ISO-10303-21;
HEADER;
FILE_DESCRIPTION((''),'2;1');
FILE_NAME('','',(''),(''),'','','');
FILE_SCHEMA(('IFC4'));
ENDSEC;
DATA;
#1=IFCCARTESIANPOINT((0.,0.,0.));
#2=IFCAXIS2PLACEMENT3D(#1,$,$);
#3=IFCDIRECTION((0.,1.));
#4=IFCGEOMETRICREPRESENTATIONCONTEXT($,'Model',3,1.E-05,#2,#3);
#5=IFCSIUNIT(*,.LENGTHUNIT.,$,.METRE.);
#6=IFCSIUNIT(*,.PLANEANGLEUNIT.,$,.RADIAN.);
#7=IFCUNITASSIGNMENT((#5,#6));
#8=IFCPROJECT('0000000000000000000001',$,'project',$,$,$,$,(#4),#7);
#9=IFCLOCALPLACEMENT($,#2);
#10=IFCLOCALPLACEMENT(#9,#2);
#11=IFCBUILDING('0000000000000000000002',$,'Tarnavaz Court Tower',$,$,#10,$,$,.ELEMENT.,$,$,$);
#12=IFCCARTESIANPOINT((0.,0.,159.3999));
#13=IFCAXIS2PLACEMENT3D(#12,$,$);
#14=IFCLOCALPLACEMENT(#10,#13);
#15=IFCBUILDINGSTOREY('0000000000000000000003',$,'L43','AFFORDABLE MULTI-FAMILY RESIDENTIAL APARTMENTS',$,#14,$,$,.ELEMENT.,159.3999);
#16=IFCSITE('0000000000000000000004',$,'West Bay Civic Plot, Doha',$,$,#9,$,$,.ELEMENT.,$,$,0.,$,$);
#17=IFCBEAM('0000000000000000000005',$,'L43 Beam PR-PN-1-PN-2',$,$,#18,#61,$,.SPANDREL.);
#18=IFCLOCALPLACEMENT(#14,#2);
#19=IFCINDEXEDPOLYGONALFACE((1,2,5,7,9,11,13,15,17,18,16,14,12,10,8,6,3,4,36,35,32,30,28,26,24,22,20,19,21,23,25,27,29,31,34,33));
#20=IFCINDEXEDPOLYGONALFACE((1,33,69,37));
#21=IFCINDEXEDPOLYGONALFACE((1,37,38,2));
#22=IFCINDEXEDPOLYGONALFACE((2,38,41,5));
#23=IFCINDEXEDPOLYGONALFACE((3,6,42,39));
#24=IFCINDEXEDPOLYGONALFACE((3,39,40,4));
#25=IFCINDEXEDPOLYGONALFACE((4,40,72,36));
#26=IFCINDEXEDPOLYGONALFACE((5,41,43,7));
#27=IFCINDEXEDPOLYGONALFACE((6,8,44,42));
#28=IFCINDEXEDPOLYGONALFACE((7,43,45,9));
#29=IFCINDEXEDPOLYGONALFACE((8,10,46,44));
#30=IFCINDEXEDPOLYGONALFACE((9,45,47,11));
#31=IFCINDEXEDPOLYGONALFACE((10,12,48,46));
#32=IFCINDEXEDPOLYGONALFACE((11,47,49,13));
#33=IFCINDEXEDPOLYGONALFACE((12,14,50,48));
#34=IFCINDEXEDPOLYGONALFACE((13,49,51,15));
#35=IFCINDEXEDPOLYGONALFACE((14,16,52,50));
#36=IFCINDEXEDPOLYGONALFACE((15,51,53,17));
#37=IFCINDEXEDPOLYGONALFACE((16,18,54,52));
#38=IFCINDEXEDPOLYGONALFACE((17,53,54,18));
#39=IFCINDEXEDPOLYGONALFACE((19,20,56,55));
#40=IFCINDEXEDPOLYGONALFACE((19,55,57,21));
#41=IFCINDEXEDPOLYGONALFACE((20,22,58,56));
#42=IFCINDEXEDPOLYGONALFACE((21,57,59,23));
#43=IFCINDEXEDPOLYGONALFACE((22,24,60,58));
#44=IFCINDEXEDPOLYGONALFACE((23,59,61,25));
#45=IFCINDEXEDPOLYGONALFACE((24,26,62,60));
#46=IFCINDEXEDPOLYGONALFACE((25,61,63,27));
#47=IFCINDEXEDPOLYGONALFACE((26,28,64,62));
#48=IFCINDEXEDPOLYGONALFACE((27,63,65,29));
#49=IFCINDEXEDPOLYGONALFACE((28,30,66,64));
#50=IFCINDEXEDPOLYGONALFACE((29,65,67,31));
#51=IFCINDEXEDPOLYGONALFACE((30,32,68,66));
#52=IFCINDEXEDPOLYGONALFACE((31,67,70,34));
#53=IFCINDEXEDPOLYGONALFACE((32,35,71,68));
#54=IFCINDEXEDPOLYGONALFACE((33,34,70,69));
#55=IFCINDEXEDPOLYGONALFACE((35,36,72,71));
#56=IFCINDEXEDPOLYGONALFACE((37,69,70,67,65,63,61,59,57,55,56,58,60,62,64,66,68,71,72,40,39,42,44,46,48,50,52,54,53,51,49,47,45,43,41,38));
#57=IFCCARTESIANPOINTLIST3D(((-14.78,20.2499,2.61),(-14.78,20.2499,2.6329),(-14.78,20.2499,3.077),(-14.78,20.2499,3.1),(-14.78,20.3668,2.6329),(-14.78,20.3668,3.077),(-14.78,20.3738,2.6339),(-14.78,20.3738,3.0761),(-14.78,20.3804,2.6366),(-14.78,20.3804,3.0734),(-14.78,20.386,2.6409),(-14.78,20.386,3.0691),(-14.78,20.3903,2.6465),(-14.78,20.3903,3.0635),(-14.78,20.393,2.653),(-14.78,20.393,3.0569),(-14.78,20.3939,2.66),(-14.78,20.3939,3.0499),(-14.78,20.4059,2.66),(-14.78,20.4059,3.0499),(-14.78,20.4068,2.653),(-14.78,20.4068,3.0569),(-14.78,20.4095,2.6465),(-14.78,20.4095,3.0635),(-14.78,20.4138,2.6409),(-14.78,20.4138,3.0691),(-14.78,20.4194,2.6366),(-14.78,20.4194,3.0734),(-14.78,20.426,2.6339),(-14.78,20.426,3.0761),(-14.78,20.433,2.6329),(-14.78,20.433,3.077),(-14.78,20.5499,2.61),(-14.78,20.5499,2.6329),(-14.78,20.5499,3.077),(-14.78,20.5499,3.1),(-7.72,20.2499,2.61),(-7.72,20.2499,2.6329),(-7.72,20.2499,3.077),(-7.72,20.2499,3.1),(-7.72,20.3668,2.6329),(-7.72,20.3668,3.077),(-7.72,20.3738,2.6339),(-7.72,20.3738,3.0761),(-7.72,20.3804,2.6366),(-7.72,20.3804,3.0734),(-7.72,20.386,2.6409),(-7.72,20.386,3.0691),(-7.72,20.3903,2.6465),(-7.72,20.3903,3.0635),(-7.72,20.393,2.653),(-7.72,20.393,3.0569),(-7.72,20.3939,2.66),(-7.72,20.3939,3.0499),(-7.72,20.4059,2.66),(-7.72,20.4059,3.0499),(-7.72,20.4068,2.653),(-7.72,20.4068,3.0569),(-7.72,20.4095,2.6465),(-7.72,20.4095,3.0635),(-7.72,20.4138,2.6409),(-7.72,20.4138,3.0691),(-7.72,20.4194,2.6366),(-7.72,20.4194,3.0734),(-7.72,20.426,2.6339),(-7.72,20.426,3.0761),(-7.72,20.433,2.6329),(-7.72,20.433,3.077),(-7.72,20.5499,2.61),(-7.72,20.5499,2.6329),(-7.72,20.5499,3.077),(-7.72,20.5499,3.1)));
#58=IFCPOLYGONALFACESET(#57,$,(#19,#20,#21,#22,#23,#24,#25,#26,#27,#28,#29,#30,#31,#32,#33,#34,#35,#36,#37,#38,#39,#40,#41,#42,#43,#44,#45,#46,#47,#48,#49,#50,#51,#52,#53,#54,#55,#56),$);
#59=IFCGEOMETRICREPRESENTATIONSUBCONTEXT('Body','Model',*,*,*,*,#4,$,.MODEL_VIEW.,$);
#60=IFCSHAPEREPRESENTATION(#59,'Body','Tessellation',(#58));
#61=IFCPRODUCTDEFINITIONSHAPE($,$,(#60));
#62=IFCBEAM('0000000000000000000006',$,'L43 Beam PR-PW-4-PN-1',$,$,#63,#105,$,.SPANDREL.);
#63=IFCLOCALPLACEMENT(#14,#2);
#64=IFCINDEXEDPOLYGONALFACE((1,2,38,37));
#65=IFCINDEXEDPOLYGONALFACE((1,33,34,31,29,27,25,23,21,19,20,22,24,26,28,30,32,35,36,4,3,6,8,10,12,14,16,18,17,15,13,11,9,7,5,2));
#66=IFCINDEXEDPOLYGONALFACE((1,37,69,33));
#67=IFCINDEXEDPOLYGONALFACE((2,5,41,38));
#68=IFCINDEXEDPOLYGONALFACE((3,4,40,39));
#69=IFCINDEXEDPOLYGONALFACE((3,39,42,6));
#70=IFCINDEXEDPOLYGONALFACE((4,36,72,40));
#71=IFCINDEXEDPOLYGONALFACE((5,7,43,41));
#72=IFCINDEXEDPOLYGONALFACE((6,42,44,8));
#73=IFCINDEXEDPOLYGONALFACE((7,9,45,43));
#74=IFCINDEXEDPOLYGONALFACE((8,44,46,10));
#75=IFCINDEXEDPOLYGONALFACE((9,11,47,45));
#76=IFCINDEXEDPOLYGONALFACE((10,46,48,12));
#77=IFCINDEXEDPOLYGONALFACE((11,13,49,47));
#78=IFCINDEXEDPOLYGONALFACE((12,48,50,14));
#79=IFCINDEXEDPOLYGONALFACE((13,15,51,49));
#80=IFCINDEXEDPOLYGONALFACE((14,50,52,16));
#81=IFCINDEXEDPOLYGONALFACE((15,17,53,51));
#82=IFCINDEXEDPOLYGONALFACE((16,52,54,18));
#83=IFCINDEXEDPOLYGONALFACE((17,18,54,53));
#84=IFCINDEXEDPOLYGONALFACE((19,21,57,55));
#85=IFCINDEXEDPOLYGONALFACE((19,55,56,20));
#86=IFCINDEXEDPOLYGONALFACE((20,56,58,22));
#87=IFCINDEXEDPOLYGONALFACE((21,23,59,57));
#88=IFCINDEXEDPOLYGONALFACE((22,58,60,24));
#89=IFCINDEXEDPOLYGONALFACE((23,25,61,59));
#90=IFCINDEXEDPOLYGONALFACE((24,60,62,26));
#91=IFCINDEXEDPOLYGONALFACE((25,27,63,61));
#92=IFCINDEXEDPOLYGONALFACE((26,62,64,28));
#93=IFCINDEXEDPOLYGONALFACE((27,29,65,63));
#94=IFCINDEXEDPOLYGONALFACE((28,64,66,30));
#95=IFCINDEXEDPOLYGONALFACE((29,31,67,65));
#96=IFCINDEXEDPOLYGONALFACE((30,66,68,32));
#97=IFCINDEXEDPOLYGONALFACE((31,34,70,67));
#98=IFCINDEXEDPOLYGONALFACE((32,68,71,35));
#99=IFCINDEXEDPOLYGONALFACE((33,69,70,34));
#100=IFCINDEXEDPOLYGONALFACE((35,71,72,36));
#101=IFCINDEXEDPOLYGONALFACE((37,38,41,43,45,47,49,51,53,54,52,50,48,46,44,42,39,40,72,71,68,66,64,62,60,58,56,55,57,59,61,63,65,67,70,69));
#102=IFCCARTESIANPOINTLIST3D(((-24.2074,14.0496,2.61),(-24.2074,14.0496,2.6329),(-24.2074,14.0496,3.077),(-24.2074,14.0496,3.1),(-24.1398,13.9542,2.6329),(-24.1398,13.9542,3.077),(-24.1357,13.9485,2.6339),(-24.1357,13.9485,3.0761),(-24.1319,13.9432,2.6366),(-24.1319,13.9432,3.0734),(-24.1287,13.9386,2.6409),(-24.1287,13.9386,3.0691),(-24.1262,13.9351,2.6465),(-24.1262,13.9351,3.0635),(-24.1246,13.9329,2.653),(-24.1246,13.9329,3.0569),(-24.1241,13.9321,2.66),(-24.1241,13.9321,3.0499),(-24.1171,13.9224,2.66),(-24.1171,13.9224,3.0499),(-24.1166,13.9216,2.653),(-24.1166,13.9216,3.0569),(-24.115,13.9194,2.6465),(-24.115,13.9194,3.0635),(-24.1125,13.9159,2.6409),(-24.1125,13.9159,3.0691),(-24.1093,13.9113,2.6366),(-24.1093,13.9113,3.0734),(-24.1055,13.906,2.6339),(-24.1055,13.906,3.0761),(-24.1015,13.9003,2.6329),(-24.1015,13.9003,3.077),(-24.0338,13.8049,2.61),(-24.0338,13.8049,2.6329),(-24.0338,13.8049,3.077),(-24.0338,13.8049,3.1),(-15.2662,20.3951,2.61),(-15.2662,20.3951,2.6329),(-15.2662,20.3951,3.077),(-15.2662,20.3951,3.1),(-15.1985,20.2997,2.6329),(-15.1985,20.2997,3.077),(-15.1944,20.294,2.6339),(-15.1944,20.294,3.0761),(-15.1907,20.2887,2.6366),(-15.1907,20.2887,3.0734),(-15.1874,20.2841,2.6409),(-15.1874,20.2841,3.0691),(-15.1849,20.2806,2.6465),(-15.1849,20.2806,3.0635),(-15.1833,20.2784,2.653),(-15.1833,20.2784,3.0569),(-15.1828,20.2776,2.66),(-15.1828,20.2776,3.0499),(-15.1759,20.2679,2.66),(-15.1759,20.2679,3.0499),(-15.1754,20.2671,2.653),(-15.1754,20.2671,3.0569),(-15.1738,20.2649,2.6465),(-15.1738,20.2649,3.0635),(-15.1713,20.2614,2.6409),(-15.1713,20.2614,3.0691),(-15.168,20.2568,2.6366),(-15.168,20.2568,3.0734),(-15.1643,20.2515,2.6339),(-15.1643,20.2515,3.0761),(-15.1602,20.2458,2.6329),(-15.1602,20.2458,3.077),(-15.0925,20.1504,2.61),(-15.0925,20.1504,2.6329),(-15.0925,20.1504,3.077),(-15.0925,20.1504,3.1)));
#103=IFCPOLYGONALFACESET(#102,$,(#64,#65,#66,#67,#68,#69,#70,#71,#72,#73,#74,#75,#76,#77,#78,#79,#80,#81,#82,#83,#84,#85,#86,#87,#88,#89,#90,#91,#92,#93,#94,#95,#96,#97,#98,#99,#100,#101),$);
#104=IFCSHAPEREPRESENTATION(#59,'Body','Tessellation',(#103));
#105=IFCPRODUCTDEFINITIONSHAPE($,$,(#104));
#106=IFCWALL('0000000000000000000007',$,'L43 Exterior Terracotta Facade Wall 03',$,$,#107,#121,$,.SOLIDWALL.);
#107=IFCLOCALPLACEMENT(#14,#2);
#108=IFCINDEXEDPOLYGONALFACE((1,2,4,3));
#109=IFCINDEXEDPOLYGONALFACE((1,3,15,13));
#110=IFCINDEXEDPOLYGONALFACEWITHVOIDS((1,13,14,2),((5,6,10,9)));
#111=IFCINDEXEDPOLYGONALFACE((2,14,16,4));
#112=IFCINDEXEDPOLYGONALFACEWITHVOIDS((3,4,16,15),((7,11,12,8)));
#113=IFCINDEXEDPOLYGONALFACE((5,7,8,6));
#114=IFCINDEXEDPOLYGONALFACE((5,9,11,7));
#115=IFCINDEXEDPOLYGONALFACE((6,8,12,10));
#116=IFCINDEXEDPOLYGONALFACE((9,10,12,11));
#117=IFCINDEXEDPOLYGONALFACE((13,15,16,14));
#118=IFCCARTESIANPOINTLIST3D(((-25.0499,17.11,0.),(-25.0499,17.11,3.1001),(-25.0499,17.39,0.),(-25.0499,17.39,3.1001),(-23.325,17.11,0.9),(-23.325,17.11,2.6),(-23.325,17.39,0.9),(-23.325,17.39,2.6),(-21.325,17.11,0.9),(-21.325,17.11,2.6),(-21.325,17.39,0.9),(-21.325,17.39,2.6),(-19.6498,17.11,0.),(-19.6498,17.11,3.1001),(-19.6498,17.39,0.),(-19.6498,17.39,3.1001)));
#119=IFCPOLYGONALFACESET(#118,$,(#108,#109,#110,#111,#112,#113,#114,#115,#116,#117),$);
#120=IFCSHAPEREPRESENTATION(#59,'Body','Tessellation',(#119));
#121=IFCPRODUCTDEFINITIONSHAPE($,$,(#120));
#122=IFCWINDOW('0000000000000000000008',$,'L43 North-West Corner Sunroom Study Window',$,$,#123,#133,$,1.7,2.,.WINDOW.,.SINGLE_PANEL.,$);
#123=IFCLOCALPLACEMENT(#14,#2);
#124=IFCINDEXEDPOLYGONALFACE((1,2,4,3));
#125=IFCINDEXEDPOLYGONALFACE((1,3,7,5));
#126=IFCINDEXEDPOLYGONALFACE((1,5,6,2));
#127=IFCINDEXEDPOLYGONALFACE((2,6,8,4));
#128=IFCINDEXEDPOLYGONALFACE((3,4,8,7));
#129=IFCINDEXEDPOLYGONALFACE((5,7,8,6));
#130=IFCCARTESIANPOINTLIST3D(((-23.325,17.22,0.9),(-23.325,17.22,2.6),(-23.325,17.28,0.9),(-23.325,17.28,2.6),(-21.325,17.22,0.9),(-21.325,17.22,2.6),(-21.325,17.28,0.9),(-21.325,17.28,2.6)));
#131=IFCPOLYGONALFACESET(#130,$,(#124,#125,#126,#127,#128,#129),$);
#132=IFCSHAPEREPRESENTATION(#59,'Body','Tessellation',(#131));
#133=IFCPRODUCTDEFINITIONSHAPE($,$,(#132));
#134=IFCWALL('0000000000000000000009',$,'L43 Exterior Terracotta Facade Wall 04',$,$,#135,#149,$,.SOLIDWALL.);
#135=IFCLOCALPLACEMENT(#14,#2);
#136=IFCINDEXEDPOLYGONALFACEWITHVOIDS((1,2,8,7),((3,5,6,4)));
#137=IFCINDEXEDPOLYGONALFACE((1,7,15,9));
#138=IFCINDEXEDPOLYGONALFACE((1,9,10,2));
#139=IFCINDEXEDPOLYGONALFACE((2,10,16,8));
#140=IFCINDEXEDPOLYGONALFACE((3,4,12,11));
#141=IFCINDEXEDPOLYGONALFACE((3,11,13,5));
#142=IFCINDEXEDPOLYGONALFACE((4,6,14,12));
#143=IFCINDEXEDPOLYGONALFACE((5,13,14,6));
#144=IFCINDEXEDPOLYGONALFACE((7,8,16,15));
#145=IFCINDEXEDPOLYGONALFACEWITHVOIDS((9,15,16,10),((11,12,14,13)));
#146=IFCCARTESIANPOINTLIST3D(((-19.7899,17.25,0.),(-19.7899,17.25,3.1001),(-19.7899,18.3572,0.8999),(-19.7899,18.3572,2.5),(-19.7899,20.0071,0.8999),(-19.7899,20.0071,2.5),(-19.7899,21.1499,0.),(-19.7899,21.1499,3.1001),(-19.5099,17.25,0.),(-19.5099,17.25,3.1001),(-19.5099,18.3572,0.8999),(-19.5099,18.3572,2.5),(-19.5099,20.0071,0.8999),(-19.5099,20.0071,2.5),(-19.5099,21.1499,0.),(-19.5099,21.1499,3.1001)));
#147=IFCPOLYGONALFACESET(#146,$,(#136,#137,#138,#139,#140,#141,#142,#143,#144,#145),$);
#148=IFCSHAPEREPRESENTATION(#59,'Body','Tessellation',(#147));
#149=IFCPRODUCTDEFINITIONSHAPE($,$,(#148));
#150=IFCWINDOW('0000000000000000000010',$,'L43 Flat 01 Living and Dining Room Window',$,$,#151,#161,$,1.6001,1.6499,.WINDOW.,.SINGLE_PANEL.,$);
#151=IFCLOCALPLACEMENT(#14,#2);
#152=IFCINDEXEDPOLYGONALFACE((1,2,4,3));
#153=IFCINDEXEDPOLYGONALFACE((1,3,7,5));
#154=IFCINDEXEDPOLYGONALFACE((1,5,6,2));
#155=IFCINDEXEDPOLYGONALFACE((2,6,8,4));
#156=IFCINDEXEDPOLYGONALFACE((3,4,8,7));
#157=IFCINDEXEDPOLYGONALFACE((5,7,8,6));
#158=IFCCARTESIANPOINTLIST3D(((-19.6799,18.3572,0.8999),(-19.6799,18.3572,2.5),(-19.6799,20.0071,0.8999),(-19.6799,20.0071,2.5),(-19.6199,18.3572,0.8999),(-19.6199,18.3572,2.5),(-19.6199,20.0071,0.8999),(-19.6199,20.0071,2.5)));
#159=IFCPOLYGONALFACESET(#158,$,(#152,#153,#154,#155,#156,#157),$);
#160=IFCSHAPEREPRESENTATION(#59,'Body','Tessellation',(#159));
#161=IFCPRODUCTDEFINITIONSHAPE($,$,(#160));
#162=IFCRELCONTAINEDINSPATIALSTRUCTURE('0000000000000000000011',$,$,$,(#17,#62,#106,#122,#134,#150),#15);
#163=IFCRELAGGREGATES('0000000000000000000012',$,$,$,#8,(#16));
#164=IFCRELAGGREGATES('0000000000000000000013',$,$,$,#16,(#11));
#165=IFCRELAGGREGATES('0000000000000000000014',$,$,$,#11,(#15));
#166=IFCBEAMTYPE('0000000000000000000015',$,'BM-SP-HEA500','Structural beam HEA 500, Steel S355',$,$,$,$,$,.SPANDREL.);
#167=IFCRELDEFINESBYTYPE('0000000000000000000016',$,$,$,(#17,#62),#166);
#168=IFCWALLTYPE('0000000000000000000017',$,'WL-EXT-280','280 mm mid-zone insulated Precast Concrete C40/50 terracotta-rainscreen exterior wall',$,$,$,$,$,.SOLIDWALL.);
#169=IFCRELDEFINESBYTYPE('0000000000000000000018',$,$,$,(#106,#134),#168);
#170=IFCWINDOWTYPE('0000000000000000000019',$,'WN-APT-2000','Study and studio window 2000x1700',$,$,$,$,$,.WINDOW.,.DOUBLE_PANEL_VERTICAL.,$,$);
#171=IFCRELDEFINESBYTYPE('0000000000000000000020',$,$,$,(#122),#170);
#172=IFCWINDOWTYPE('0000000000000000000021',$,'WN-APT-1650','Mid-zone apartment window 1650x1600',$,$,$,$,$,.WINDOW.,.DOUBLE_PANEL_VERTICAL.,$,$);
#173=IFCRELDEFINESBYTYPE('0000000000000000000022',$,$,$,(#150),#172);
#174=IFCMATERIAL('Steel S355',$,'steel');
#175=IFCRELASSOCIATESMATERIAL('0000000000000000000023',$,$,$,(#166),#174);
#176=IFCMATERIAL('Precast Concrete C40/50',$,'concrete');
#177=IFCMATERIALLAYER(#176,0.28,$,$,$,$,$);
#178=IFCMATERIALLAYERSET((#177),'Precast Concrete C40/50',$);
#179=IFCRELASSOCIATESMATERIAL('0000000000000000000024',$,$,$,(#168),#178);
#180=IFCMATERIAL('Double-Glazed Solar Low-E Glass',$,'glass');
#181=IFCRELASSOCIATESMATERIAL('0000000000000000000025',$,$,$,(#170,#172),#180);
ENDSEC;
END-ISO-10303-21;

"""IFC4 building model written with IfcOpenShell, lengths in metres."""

from ifc_helpers import new_model, si_unit, direction, frame, frame_2d, origin, origin_2d, place, context, subcontext, project, spatial, rectangle, i_section, extrude, material, layer, layer_set, material_profile, profile_set, type_object, element, fill, save


model = new_model("IFC4")

# Units and contexts
model_context = context("Model", 3, precision=1e-05, world=origin(), true_north=direction((0.0, 1.0)))
body_context = subcontext(model_context, "Body", "Model", "MODEL_VIEW")
ifc_project = project(units=[si_unit("LENGTHUNIT", "METRE"), si_unit("PLANEANGLEUNIT", "RADIAN")], contexts=[model_context])

# Site, building, storey
site_placement = place(None, origin())
site = spatial("IfcSite", under=ifc_project, at=site_placement, Name="West Bay Civic Plot, Doha", CompositionType="ELEMENT", RefElevation=0.0)
building_placement = place(site_placement, origin())
building = spatial("IfcBuilding", under=site, at=building_placement, Name="Tarnavaz Court Tower", CompositionType="ELEMENT")
storey_placement = place(building_placement, frame((0.0, 0.0, 159.3999)))
storey = spatial("IfcBuildingStorey", under=building, at=storey_placement, Name="L43", Description="AFFORDABLE MULTI-FAMILY RESIDENTIAL APARTMENTS", CompositionType="ELEMENT", Elevation=159.3999)

# Beams
ifc_material_1 = material(Name="Steel S355", Category="steel")
ifc_material_profile_1 = material_profile(ifc_material_1, i_section(OverallWidth=0.3, OverallDepth=0.49, WebThickness=0.012, FlangeThickness=0.0229, FilletRadius=0.0271, at=origin_2d()), Name="HEA 500")
ifc_profile_set_1 = profile_set([ifc_material_profile_1], Name="Steel S355")
beam_type_1 = type_object("IfcBeamType", Name="BM-SP-HEA500", Description="Structural beam HEA 500, Steel S355", PredefinedType="SPANDREL", material=ifc_profile_set_1)
beam_1_placement = place(storey_placement, frame((-14.78, 20.3999, 2.855), z_axis=(1.0, 0.0, 0.0), x_axis=(0.0, 1.0, 0.0)))
element("IfcBeam", 1, at=beam_1_placement, inside=storey, type_object=beam_type_1, Name="L43 Beam PR-PN-1-PN-2", PredefinedType="SPANDREL", context=body_context, shape_type="SweptSolid", body=[
    extrude(i_section(OverallWidth=0.3, OverallDepth=0.49, WebThickness=0.012, FlangeThickness=0.0229, FilletRadius=0.0271, at=origin_2d()), origin(), (0.0, 0.0, 1.0), 7.0601),
])
beam_2_placement = place(storey_placement, frame((-24.1206, 13.9272, 2.855), z_axis=(0.815502, 0.578754, 0.0), x_axis=(-0.578754, 0.815502, 0.0)))
element("IfcBeam", 2, at=beam_2_placement, inside=storey, type_object=beam_type_1, Name="L43 Beam PR-PW-4-PN-1", PredefinedType="SPANDREL", context=body_context, shape_type="SweptSolid", body=[
    extrude(i_section(OverallWidth=0.3, OverallDepth=0.49, WebThickness=0.012, FlangeThickness=0.0229, FilletRadius=0.0271, at=origin_2d()), origin(), (0.0, 0.0, 1.0), 10.9641),
])

# Walls, openings, windows
ifc_material_2 = material(Name="Precast Concrete C40/50", Category="concrete")
ifc_layer_1 = layer(ifc_material_2, 0.28)
ifc_layer_set_1 = layer_set([ifc_layer_1], Name="Precast Concrete C40/50")
wall_type_1 = type_object("IfcWallType", Name="WL-EXT-280", Description="280 mm mid-zone insulated Precast Concrete C40/50 terracotta-rainscreen exterior wall", PredefinedType="SOLIDWALL", material=ifc_layer_set_1)
wall_1_placement = place(storey_placement, frame((-25.05, 17.25, 0.0), z_axis=(0.0, 0.0, 1.0), x_axis=(1.0, 0.0, 0.0)))
wall_1 = element("IfcWall", 3, at=wall_1_placement, inside=storey, type_object=wall_type_1, Name="L43 Exterior Terracotta Facade Wall 03", PredefinedType="SOLIDWALL", context=body_context, shape_type="SweptSolid", body=[
    extrude(rectangle(XDim=5.4001, YDim=0.28, at=frame_2d((2.7002, 0.0))), origin(), (0.0, 0.0, 1.0), 3.1001),
])
opening_1_placement = place(wall_1_placement, frame((1.7251, 0.0, 0.8999)))
opening_1 = element("IfcOpeningElement", 4, at=opening_1_placement, cuts=wall_1, PredefinedType="OPENING", context=body_context, shape_type="SweptSolid", body=[
    extrude(rectangle(XDim=2.0, YDim=1.7, at=frame_2d((1.0, 0.8501))), frame((0.0, 0.1499, 0.0), z_axis=(0.0, -1.0, 0.0), x_axis=(1.0, 0.0, 0.0)), (0.0, 0.0, 1.0), 0.3),
])
ifc_material_3 = material(Name="Double-Glazed Solar Low-E Glass", Category="glass")
window_type_1 = type_object("IfcWindowType", Name="WN-APT-2000", Description="Study and studio window 2000x1700", PartitioningType="DOUBLE_PANEL_VERTICAL", PredefinedType="WINDOW", material=ifc_material_3)
window_1_placement = place(opening_1_placement, origin())
window_1 = element("IfcWindow", 5, at=window_1_placement, inside=storey, type_object=window_type_1, Name="L43 North-West Corner Sunroom Study Window", OverallHeight=1.7, OverallWidth=2.0, PartitioningType="SINGLE_PANEL", PredefinedType="WINDOW", context=body_context, shape_type="SweptSolid", body=[
    extrude(rectangle(XDim=2.0, YDim=1.7, at=frame_2d((1.0, 0.8501))), frame((0.0, 0.03, 0.0), z_axis=(0.0, -1.0, 0.0), x_axis=(1.0, 0.0, 0.0)), (0.0, 0.0, 1.0), 0.0601),
])
fill(opening_1, window_1)
wall_2_placement = place(storey_placement, frame((-19.6499, 17.25, 0.0), z_axis=(0.0, 0.0, 1.0), x_axis=(0.0, 1.0, 0.0)))
wall_2 = element("IfcWall", 6, at=wall_2_placement, inside=storey, type_object=wall_type_1, Name="L43 Exterior Terracotta Facade Wall 04", PredefinedType="SOLIDWALL", context=body_context, shape_type="SweptSolid", body=[
    extrude(rectangle(XDim=3.8999, YDim=0.28, at=frame_2d((1.95, 0.0))), origin(), (0.0, 0.0, 1.0), 3.1001),
])
opening_2_placement = place(wall_2_placement, frame((1.1072, 0.0, 0.8999)))
opening_2 = element("IfcOpeningElement", 7, at=opening_2_placement, cuts=wall_2, PredefinedType="OPENING", context=body_context, shape_type="SweptSolid", body=[
    extrude(rectangle(XDim=1.6499, YDim=1.6001, at=frame_2d((0.825, 0.8))), frame((0.0, 0.1499, 0.0), z_axis=(0.0, -1.0, 0.0), x_axis=(1.0, 0.0, 0.0)), (0.0, 0.0, 1.0), 0.3),
])
window_type_2 = type_object("IfcWindowType", Name="WN-APT-1650", Description="Mid-zone apartment window 1650x1600", PartitioningType="DOUBLE_PANEL_VERTICAL", PredefinedType="WINDOW", material=ifc_material_3)
window_2_placement = place(opening_2_placement, origin())
window_2 = element("IfcWindow", 8, at=window_2_placement, inside=storey, type_object=window_type_2, Name="L43 Flat 01 Living and Dining Room Window", OverallHeight=1.6001, OverallWidth=1.6499, PartitioningType="SINGLE_PANEL", PredefinedType="WINDOW", context=body_context, shape_type="SweptSolid", body=[
    extrude(rectangle(XDim=1.6499, YDim=1.6001, at=frame_2d((0.825, 0.8))), frame((0.0, 0.03, 0.0), z_axis=(0.0, -1.0, 0.0), x_axis=(1.0, 0.0, 0.0)), (0.0, 0.0, 1.0), 0.0601),
])
fill(opening_2, window_2)

save(model, "model.ifc")
